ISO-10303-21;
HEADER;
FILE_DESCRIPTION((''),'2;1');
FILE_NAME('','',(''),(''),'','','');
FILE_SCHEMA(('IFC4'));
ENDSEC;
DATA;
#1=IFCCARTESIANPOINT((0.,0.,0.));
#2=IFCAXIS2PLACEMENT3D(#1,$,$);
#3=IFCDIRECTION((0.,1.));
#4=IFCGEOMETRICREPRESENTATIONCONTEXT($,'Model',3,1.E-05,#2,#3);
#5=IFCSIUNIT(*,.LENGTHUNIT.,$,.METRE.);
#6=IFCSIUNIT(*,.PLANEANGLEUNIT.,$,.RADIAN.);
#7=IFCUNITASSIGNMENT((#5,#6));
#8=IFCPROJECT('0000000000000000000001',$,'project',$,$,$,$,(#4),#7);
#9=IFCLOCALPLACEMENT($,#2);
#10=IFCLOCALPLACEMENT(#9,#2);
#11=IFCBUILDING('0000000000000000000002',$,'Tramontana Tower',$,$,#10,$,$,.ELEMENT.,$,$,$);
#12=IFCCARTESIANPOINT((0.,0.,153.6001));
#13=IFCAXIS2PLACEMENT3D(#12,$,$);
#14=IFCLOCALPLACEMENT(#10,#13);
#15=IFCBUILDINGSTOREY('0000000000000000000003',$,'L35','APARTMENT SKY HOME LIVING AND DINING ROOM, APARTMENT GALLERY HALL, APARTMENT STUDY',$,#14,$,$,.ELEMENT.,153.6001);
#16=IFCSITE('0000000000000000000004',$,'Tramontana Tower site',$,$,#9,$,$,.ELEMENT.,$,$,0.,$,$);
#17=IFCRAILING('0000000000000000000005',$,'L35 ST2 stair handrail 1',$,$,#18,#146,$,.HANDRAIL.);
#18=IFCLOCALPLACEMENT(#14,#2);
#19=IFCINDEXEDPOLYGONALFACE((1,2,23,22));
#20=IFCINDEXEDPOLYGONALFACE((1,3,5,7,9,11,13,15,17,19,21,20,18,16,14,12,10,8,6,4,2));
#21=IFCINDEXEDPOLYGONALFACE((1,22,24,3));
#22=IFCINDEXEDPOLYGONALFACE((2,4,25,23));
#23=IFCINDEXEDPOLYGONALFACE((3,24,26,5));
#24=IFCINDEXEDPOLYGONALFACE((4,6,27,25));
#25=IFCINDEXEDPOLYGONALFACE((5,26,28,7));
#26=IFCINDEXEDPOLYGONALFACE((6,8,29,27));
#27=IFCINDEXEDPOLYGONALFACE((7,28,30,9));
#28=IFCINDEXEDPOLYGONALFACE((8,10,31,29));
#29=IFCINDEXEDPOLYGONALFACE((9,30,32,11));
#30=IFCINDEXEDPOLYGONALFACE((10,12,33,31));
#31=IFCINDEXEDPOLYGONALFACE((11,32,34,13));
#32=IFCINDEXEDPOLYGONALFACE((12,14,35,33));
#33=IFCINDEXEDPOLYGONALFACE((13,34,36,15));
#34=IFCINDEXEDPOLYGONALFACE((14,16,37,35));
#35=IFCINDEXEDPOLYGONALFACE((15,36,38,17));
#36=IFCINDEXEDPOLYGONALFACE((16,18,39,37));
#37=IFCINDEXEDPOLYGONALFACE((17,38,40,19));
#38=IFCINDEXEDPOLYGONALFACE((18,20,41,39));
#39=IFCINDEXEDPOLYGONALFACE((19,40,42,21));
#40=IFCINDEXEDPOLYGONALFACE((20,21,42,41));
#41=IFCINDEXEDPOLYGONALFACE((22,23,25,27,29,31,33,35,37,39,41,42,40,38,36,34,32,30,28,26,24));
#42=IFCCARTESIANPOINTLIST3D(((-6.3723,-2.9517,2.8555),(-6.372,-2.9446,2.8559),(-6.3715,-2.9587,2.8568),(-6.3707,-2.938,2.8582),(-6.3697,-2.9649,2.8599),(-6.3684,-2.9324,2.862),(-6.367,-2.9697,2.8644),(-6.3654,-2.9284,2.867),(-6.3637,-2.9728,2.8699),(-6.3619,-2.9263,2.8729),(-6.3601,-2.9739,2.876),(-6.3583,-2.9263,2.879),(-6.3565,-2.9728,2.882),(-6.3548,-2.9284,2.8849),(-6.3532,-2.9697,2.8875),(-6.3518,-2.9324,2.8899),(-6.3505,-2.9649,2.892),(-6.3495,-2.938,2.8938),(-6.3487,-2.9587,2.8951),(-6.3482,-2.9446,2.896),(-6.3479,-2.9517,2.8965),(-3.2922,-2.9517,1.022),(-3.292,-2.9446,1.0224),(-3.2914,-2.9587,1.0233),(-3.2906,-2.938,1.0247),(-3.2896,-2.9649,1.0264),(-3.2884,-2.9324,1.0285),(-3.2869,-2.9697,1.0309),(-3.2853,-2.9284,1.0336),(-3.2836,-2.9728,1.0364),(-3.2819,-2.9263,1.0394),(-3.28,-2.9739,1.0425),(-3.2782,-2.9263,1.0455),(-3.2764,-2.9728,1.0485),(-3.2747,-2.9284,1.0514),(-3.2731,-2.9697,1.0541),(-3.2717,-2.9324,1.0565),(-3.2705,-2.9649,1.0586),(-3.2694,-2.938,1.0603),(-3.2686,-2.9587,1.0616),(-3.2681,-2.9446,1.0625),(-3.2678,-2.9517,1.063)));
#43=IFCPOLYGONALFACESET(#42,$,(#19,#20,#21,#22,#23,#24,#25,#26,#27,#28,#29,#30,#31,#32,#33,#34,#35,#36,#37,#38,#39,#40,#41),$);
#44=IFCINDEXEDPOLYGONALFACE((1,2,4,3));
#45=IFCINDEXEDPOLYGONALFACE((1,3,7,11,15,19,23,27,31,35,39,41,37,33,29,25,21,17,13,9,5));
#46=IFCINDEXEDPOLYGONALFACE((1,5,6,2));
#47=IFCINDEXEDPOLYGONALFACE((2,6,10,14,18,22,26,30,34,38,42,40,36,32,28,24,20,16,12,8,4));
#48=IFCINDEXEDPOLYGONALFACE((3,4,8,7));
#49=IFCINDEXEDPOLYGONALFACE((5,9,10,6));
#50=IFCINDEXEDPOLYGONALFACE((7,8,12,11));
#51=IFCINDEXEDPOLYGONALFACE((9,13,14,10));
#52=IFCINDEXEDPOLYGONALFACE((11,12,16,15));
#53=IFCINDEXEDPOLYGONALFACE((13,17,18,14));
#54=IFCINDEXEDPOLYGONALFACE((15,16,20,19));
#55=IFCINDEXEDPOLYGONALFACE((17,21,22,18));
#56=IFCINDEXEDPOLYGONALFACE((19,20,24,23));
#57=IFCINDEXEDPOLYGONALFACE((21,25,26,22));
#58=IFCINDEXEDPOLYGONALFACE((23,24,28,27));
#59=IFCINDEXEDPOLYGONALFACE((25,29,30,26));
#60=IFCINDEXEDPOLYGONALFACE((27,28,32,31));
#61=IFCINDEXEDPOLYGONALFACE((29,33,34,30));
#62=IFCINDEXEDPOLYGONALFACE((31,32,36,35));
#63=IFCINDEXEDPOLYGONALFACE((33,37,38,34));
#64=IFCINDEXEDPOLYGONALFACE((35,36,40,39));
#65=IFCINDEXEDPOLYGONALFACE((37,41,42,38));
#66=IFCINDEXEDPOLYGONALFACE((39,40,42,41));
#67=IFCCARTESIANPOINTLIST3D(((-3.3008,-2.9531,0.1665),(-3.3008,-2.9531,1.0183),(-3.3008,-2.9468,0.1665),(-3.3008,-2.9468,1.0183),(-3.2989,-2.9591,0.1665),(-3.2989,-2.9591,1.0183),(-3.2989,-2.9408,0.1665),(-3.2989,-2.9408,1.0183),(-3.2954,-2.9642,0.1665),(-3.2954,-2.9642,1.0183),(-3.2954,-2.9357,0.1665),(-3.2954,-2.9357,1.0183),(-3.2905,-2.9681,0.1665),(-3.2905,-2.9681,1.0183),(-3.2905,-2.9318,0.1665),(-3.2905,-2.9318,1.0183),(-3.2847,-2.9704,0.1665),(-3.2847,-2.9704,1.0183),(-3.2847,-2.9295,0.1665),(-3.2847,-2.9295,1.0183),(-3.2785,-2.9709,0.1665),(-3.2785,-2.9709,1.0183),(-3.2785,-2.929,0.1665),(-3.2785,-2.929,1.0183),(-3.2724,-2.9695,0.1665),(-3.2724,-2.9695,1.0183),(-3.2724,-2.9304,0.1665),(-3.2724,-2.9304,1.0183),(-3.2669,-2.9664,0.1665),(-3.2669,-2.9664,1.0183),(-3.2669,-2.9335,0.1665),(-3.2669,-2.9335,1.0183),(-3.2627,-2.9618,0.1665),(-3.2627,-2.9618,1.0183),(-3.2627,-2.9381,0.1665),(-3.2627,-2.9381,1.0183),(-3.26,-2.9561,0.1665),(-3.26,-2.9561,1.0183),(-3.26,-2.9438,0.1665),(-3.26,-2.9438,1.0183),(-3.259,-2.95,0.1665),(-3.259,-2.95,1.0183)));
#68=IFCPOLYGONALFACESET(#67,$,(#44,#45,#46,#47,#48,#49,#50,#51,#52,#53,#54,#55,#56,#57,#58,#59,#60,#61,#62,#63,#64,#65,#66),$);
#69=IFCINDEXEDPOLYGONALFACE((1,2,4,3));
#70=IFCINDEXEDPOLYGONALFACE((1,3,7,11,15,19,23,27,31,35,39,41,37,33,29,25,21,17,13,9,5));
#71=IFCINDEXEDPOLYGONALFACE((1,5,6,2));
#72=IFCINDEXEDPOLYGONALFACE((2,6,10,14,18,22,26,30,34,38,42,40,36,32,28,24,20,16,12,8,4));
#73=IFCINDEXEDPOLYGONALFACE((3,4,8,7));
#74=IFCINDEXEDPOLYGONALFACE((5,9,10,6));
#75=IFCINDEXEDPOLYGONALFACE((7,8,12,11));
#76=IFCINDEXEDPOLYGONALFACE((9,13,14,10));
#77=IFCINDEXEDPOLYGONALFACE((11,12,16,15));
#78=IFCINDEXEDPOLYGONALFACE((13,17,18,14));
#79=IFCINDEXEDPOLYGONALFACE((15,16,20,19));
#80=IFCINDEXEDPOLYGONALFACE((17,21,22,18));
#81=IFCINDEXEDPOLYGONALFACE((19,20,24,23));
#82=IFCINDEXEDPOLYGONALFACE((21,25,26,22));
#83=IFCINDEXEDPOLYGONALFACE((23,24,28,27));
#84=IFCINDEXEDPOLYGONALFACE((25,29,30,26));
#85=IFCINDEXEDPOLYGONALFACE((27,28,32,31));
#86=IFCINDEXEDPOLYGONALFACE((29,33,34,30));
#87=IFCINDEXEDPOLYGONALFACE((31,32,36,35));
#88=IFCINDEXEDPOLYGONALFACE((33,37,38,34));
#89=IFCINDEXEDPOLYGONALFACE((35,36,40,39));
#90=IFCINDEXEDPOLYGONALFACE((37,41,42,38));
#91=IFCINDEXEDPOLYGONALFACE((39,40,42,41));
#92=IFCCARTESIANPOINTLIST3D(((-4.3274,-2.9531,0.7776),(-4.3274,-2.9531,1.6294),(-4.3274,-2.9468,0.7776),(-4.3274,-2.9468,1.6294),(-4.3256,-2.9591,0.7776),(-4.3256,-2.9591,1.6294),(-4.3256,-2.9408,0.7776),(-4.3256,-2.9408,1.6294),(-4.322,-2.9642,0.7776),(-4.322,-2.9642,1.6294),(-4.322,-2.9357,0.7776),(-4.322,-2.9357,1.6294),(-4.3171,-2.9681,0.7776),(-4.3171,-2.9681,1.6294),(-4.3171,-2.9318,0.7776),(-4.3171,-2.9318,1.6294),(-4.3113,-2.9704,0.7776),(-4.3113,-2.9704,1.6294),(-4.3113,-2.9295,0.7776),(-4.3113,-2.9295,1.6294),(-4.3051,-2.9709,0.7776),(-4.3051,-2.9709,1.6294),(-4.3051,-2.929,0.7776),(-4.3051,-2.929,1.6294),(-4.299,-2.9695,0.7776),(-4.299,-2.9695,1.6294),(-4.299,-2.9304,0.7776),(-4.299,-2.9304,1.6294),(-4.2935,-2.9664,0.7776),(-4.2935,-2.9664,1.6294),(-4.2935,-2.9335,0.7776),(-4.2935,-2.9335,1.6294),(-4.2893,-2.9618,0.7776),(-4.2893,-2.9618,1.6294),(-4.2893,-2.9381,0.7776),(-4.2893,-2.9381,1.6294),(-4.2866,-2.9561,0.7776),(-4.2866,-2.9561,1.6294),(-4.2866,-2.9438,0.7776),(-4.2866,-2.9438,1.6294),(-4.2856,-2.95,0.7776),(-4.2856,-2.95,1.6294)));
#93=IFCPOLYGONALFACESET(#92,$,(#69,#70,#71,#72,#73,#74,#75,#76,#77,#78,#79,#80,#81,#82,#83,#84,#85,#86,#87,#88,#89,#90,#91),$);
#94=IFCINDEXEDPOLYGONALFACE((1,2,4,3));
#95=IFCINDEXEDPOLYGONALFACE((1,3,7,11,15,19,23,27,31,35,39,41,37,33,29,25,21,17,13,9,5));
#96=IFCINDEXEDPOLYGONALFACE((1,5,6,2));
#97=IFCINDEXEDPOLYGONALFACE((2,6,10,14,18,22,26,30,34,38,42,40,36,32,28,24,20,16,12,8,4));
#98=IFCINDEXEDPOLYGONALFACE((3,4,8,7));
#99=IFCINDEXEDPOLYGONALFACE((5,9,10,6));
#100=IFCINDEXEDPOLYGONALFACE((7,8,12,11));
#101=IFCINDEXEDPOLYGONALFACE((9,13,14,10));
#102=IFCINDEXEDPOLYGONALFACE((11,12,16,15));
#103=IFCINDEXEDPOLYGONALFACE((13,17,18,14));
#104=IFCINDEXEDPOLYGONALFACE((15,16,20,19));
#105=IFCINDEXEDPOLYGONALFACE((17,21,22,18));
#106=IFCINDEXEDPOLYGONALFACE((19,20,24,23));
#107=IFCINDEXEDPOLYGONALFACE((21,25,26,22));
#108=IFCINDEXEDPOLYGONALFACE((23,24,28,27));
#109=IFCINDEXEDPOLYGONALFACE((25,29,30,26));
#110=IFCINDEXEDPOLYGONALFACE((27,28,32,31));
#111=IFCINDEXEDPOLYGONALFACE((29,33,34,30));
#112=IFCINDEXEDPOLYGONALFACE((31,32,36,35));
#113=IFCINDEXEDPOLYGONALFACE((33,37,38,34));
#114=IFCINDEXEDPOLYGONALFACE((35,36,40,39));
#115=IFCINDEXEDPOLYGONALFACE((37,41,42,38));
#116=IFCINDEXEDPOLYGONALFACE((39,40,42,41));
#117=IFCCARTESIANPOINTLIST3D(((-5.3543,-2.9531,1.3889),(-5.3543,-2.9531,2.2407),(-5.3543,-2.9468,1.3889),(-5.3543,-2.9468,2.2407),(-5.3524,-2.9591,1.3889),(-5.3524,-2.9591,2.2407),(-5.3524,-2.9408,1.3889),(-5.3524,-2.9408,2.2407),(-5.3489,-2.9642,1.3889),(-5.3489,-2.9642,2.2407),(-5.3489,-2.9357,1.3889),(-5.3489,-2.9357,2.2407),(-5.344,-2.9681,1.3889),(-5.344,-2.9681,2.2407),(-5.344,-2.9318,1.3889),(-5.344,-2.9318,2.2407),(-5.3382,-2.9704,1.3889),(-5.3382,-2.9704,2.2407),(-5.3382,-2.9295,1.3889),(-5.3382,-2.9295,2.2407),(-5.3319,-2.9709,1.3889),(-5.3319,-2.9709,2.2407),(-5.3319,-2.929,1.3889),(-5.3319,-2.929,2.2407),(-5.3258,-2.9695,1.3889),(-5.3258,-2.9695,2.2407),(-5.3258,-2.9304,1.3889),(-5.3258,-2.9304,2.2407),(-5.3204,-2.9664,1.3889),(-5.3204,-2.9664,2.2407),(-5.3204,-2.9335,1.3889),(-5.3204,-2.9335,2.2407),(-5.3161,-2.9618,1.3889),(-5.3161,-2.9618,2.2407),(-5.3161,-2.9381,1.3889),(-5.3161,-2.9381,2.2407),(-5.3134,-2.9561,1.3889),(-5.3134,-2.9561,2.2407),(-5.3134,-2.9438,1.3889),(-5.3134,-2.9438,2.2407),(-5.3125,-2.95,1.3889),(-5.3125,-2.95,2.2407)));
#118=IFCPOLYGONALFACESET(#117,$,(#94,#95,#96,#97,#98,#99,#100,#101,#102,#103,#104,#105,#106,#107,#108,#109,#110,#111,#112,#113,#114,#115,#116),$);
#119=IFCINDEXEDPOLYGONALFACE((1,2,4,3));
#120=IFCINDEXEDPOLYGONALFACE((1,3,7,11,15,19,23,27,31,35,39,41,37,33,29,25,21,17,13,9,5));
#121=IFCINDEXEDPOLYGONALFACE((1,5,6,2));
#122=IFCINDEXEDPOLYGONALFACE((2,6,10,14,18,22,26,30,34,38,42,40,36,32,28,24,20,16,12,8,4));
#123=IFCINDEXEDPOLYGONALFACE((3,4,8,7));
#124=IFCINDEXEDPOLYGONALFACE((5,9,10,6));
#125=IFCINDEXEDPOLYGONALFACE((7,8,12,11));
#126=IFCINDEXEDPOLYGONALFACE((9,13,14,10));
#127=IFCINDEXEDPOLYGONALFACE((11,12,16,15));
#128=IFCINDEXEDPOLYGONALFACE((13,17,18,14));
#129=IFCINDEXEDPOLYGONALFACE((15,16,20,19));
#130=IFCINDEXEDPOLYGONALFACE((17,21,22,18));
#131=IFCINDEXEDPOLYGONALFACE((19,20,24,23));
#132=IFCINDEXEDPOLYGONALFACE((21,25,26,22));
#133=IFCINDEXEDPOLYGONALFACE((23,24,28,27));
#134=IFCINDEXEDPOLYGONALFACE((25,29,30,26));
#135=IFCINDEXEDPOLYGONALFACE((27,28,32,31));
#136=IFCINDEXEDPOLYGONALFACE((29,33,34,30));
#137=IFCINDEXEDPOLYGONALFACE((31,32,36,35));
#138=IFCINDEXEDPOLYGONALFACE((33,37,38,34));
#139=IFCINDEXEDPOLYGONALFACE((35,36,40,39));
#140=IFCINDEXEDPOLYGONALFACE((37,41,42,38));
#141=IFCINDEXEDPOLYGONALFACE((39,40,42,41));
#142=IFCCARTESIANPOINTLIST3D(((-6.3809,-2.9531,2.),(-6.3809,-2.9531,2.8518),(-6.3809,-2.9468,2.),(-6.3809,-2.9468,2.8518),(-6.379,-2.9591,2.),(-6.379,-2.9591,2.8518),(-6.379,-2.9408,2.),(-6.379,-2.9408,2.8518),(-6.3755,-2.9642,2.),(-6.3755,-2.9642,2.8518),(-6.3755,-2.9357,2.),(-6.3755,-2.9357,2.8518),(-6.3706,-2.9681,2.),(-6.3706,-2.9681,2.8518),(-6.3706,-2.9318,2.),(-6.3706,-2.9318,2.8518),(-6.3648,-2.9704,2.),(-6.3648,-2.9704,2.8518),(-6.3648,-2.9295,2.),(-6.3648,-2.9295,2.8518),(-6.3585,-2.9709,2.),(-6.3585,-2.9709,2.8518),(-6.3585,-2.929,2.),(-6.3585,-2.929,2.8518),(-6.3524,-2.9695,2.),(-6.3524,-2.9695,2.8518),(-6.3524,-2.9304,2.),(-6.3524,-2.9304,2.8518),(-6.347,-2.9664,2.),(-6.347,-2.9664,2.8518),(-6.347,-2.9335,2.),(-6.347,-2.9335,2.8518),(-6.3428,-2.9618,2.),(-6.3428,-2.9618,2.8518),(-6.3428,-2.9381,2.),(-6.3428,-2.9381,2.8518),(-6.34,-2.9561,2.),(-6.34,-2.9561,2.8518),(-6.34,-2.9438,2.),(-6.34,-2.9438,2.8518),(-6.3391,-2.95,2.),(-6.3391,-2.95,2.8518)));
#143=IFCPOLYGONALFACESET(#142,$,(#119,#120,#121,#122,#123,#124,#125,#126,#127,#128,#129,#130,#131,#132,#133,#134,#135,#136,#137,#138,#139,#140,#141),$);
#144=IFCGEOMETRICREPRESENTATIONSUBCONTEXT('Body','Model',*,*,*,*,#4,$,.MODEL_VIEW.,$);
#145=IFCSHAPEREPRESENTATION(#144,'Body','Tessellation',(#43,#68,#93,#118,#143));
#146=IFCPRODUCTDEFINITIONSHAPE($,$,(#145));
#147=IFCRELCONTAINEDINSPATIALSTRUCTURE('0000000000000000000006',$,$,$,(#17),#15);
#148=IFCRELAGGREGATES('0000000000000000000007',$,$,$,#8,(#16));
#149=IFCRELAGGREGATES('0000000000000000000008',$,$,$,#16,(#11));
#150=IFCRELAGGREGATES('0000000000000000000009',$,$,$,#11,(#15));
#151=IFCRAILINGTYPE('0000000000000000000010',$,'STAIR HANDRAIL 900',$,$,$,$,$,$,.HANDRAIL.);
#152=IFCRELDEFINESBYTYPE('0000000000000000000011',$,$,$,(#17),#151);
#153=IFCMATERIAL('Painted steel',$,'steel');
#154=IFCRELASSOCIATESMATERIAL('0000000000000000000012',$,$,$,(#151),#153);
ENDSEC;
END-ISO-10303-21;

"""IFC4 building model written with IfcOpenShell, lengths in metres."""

from ifc_helpers import new_model, si_unit, direction, frame, origin, origin_2d, place, context, subcontext, project, spatial, circle, extrude, material, type_object, element, save


model = new_model("IFC4")

# Units and contexts
model_context = context("Model", 3, precision=1e-05, world=origin(), true_north=direction((0.0, 1.0)))
body_context = subcontext(model_context, "Body", "Model", "MODEL_VIEW")
ifc_project = project(units=[si_unit("LENGTHUNIT", "METRE"), si_unit("PLANEANGLEUNIT", "RADIAN")], contexts=[model_context])

# Site, building, storey
site_placement = place(None, origin())
site = spatial("IfcSite", under=ifc_project, at=site_placement, Name="Tramontana Tower site", CompositionType="ELEMENT", RefElevation=0.0)
building_placement = place(site_placement, origin())
building = spatial("IfcBuilding", under=site, at=building_placement, Name="Tramontana Tower", CompositionType="ELEMENT")
storey_placement = place(building_placement, frame((0.0, 0.0, 153.6001)))
storey = spatial("IfcBuildingStorey", under=building, at=storey_placement, Name="L35", Description="APARTMENT SKY HOME LIVING AND DINING ROOM, APARTMENT GALLERY HALL, APARTMENT STUDY", CompositionType="ELEMENT", Elevation=153.6001)

# Railing
ifc_material_1 = material(Name="Painted steel", Category="steel")
railing_type_1 = type_object("IfcRailingType", Name="STAIR HANDRAIL 900", PredefinedType="HANDRAIL", material=ifc_material_1)
railing_1_placement = place(storey_placement, frame((-3.28, -2.95, 0.1665)))
element("IfcRailing", 1, at=railing_1_placement, inside=storey, type_object=railing_type_1, Name="L35 ST2 stair handrail 1", PredefinedType="HANDRAIL", context=body_context, shape_type="SweptSolid", body=[
    extrude(circle(Radius=0.0239, at=origin_2d()), frame((0.0, 0.0, 0.876), z_axis=(-0.859279, 0.0, 0.511508), x_axis=(0.0, -1.0, 0.0)), (0.0, 0.0, 1.0), 3.5845),
    extrude(circle(Radius=0.021, at=origin_2d()), origin(), (0.0, 0.0, 1.0), 0.8518),
    extrude(circle(Radius=0.021, at=origin_2d()), frame((-1.0266, 0.0, 0.6111)), (0.0, 0.0, 1.0), 0.8518),
    extrude(circle(Radius=0.021, at=origin_2d()), frame((-2.0535, 0.0, 1.2224)), (0.0, 0.0, 1.0), 0.8518),
    extrude(circle(Radius=0.021, at=origin_2d()), frame((-3.0801, 0.0, 1.8335)), (0.0, 0.0, 1.0), 0.8518),
])

save(model, "model.ifc")
